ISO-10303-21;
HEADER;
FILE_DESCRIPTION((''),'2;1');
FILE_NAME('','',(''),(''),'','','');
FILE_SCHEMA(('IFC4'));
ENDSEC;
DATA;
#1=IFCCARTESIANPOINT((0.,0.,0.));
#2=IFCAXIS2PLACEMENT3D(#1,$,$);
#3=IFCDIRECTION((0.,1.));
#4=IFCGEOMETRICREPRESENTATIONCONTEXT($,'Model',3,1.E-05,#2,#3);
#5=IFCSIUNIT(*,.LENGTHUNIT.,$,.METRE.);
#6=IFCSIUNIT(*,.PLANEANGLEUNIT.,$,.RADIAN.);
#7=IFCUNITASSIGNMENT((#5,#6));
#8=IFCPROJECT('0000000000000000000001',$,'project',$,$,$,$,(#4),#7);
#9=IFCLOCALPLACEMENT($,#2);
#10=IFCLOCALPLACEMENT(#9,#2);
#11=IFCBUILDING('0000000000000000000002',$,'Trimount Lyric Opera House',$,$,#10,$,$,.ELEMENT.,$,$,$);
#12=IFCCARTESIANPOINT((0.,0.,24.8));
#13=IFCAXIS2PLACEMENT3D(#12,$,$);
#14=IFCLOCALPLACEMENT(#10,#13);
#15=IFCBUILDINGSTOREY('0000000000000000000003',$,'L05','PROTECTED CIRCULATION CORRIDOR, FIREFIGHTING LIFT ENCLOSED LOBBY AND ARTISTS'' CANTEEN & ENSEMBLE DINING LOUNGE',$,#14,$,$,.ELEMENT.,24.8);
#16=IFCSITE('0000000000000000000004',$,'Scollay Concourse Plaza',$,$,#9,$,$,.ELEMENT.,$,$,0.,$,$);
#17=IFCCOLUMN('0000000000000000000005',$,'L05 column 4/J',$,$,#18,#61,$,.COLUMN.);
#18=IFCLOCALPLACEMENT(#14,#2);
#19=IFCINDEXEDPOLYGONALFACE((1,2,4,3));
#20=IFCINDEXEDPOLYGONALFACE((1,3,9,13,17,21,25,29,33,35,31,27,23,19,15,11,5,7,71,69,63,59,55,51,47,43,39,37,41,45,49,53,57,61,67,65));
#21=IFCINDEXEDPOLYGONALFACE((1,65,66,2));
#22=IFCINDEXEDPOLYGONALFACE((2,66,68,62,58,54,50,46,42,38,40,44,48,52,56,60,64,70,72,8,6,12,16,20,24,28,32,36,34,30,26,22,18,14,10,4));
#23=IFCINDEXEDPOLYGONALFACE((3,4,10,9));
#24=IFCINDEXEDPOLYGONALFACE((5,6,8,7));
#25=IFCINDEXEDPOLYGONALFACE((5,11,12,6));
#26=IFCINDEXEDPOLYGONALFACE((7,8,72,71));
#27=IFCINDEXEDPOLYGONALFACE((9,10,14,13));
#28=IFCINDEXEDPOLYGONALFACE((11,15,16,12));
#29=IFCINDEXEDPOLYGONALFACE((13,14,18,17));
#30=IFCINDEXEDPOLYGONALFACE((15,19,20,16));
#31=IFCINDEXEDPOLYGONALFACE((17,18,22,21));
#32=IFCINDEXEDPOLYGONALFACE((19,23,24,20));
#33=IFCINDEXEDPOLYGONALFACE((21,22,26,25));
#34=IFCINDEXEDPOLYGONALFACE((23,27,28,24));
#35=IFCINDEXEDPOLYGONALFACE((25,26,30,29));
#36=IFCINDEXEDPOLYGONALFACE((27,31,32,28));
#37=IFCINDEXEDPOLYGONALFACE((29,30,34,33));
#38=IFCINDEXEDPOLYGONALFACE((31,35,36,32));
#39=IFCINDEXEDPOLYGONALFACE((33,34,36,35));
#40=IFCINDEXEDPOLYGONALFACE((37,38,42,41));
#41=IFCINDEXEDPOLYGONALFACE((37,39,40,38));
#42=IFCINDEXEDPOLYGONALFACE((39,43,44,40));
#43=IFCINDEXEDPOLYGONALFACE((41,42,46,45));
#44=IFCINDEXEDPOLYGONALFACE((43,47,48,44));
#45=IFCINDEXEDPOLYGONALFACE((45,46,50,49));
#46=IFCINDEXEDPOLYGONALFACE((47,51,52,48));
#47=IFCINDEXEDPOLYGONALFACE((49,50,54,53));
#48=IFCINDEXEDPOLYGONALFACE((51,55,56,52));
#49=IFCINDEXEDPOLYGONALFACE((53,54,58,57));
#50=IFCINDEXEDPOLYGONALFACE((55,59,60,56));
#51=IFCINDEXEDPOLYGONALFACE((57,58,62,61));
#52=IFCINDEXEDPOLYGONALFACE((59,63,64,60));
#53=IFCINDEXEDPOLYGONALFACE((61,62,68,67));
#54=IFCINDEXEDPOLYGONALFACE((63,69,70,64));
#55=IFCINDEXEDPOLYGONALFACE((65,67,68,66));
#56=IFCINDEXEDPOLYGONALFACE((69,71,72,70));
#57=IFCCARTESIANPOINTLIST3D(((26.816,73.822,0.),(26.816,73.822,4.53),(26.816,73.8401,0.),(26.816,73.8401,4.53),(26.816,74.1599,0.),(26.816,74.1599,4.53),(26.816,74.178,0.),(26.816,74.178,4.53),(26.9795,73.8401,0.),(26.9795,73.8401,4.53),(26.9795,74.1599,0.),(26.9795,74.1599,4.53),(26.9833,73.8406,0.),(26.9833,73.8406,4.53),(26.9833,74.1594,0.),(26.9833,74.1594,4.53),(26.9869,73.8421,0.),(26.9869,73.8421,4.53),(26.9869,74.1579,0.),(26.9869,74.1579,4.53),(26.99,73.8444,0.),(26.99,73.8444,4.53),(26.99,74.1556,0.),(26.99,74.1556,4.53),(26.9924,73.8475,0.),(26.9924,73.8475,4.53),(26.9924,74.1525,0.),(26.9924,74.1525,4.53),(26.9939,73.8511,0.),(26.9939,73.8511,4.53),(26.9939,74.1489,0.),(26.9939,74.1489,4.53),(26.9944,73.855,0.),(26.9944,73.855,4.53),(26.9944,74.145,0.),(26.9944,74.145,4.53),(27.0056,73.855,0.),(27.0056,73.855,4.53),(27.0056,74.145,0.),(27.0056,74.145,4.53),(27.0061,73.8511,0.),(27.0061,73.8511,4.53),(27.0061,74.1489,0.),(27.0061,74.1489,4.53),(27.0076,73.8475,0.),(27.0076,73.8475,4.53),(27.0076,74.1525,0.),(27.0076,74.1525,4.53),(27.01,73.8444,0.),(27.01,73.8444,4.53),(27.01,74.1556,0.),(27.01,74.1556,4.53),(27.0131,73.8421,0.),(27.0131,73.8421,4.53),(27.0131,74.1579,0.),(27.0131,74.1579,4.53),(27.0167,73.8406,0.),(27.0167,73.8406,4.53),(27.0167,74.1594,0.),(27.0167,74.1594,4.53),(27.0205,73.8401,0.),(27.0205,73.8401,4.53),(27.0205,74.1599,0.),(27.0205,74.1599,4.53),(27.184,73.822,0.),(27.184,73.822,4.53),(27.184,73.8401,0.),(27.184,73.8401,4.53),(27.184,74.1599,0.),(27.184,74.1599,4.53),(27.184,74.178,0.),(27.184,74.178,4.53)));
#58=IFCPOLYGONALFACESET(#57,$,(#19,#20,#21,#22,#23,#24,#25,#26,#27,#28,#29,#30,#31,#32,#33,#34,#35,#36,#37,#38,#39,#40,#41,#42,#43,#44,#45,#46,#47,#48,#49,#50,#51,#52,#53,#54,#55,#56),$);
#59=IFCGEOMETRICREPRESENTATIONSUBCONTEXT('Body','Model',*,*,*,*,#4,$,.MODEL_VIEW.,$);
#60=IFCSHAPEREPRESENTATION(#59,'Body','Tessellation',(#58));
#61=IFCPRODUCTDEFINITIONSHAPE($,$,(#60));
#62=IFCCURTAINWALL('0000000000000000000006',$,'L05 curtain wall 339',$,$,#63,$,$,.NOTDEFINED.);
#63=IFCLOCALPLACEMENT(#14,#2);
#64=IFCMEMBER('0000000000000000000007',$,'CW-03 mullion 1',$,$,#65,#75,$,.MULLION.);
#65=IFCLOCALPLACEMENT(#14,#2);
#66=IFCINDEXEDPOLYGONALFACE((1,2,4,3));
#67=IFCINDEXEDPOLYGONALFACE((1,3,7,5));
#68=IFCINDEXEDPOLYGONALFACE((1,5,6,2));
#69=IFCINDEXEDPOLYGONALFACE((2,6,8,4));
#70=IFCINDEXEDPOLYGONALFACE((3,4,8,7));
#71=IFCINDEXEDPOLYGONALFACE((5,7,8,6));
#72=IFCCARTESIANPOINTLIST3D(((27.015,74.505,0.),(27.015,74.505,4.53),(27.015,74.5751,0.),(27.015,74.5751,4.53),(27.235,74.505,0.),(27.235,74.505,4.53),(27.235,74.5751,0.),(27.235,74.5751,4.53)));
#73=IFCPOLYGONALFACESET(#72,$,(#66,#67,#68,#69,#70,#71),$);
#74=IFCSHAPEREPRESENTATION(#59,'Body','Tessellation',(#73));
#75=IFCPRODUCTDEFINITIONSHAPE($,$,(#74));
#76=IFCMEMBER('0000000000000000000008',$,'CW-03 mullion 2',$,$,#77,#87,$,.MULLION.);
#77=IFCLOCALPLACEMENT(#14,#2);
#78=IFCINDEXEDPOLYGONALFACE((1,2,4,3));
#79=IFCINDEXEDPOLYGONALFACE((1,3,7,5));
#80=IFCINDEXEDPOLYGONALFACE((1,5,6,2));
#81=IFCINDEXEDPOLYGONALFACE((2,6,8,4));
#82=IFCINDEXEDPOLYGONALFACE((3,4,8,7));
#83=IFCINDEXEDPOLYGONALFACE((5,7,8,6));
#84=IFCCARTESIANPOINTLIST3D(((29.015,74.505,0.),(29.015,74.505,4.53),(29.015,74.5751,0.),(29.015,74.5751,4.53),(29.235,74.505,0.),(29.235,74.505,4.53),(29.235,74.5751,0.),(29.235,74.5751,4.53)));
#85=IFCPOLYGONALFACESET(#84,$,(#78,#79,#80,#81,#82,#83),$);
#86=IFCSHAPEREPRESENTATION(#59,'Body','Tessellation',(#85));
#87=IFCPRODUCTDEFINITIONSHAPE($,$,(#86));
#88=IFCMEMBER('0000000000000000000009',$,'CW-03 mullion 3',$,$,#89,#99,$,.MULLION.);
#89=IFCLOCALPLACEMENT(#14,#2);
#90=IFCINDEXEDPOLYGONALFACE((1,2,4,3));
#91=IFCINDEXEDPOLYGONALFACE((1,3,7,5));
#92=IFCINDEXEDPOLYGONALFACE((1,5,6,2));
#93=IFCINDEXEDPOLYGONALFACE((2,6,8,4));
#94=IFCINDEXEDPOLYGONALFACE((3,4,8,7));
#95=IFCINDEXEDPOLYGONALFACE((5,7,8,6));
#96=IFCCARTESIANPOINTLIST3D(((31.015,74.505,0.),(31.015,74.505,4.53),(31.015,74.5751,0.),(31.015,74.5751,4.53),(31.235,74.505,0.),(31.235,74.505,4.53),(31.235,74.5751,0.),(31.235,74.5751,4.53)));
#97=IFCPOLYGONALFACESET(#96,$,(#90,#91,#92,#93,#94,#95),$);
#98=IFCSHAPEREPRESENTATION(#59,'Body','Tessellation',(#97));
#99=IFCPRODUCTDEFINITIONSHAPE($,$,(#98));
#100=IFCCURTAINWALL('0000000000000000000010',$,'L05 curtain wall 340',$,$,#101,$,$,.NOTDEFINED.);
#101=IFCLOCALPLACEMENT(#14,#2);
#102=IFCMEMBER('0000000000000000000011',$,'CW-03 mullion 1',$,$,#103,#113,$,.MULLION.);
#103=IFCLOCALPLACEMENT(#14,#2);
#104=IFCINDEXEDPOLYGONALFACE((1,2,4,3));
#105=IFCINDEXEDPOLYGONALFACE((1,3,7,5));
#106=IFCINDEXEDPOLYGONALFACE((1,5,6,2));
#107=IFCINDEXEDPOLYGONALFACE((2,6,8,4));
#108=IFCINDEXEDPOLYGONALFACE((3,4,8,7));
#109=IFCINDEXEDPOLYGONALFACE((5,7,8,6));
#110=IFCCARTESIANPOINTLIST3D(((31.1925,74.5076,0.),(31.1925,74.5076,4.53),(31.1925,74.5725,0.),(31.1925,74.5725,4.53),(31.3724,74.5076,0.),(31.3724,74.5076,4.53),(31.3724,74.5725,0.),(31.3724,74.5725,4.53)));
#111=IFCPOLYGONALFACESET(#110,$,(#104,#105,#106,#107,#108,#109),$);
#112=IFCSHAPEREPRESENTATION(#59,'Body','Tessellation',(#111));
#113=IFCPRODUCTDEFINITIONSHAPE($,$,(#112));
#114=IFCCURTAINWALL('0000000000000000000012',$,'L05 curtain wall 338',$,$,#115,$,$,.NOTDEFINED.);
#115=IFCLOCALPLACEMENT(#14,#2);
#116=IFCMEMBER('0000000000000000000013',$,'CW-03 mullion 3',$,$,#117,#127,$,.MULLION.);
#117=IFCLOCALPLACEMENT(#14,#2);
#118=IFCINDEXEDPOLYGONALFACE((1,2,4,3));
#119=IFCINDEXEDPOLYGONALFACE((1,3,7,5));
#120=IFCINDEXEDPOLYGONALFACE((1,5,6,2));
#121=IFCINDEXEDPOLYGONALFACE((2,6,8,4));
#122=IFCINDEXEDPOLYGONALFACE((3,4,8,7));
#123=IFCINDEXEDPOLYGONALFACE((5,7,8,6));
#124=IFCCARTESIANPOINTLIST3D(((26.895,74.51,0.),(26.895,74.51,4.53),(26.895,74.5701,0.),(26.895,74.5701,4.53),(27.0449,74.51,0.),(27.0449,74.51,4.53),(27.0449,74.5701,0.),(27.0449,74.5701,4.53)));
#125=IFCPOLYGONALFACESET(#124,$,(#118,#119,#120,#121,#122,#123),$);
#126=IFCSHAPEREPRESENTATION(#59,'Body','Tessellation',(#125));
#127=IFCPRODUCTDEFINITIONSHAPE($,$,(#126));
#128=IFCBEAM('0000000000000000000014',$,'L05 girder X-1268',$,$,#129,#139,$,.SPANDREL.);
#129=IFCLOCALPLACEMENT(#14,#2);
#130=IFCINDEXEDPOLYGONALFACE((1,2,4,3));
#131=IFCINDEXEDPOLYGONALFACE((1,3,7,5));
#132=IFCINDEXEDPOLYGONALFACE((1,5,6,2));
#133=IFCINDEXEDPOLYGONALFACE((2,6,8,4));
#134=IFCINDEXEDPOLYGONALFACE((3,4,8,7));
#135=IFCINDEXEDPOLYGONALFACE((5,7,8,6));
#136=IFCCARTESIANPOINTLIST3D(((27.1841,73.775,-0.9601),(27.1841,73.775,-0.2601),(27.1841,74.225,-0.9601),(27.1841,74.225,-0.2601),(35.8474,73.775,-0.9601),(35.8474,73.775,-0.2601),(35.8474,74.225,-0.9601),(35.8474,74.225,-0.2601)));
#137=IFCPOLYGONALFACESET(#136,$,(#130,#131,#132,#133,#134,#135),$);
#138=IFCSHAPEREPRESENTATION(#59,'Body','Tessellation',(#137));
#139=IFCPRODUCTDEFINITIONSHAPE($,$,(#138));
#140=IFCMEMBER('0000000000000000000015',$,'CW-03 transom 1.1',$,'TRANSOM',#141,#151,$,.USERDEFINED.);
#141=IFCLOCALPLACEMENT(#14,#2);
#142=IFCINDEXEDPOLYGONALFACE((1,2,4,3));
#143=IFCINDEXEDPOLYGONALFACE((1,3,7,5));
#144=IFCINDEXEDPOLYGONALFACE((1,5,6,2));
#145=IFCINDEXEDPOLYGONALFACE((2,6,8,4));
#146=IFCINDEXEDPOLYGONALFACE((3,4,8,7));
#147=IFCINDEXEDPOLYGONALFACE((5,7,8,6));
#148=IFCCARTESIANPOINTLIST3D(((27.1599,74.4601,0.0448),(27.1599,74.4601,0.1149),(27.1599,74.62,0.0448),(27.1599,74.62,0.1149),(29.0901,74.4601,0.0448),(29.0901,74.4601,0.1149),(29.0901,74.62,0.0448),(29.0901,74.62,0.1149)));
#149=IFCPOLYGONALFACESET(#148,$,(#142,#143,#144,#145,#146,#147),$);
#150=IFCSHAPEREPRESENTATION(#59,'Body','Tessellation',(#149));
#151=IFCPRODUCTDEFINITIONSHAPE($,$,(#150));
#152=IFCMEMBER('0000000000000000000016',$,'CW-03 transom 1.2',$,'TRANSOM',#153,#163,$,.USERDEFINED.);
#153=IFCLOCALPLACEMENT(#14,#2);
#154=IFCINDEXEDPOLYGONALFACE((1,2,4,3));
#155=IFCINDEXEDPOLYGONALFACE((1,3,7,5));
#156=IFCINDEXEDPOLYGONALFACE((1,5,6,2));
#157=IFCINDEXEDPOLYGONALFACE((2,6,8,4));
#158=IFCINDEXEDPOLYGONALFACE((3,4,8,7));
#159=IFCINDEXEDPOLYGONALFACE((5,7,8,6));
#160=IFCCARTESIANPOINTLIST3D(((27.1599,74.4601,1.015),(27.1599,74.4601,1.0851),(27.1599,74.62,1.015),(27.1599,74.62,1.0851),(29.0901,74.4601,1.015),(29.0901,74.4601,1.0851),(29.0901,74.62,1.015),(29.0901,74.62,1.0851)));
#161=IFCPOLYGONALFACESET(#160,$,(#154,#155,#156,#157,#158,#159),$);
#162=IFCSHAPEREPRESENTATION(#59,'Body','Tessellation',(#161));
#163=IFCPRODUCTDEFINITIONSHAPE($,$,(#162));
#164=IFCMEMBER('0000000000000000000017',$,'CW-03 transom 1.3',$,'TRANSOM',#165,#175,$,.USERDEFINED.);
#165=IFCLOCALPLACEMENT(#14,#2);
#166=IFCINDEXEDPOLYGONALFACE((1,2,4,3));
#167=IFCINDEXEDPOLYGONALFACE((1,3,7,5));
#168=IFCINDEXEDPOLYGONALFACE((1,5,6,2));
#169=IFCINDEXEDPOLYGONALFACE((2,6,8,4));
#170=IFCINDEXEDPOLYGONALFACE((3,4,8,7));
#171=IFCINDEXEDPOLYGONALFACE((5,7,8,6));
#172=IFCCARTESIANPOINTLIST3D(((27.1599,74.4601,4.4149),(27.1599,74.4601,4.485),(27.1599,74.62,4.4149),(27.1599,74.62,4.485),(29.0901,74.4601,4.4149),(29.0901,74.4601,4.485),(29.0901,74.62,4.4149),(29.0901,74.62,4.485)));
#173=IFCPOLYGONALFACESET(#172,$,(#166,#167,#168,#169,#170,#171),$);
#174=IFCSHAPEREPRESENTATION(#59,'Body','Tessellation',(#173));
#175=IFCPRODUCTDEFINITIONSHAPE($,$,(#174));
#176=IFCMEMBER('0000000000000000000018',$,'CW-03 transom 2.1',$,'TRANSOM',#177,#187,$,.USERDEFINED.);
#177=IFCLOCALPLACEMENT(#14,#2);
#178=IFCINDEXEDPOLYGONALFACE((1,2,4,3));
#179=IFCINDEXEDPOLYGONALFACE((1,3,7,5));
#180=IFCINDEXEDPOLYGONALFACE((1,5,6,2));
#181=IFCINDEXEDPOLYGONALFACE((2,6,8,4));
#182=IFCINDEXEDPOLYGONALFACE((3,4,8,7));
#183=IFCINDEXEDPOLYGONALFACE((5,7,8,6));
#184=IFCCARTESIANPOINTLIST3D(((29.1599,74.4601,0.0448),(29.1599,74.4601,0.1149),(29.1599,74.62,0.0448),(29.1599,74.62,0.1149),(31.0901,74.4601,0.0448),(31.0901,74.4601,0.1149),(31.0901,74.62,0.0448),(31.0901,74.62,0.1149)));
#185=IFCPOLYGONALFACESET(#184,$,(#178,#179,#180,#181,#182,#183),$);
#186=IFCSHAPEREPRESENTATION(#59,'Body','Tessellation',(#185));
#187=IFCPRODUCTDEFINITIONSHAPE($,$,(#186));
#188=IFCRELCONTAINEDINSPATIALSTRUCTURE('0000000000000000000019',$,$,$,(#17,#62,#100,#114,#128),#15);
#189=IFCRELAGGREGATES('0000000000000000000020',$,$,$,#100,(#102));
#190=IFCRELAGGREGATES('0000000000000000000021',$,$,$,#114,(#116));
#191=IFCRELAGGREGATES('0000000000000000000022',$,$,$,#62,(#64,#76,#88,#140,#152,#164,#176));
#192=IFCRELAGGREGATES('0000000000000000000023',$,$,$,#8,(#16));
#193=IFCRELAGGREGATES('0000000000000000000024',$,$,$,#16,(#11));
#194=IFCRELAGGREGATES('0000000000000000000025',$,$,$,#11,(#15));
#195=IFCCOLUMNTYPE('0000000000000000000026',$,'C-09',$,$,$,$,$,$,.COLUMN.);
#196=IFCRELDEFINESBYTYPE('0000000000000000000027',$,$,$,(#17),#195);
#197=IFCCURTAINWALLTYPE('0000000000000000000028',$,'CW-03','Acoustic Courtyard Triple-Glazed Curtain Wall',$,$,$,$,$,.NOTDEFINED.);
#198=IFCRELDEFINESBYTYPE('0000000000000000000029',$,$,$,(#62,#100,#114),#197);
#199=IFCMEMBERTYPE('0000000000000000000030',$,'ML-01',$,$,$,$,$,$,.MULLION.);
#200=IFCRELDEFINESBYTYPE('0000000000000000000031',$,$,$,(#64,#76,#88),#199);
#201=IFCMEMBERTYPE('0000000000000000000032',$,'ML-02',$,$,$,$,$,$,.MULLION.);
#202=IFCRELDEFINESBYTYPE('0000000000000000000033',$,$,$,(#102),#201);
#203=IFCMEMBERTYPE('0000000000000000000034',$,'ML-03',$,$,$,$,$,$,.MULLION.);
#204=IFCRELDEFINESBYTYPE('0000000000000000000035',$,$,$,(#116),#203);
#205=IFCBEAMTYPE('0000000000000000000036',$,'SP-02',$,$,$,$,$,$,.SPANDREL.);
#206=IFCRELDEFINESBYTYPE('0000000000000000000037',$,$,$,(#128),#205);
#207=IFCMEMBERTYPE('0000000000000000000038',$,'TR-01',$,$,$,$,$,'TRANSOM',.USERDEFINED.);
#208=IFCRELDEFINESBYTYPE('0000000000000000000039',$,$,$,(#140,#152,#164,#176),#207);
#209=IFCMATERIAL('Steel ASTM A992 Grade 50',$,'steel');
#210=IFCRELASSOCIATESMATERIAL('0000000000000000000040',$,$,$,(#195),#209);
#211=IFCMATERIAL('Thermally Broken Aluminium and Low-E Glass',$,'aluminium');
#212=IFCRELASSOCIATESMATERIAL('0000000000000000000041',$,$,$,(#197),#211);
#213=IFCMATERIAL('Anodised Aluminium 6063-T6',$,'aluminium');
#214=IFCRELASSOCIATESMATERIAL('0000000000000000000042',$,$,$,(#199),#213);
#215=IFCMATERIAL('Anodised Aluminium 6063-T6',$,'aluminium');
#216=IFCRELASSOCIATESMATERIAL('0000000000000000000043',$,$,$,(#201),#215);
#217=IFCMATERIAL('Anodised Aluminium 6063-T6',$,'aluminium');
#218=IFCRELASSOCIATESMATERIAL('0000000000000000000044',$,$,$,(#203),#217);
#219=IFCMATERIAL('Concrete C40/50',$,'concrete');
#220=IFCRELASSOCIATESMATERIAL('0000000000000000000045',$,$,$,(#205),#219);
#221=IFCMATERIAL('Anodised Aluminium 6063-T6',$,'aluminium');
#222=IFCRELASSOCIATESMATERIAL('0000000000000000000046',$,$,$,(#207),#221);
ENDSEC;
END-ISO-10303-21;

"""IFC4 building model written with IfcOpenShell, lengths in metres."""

from ifc_helpers import new_model, si_unit, direction, frame, origin, origin_2d, place, context, subcontext, project, spatial, rectangle, i_section, extrude, material, material_profile, profile_set, type_object, element, aggregate, save


model = new_model("IFC4")

# Units and contexts
model_context = context("Model", 3, precision=1e-05, world=origin(), true_north=direction((0.0, 1.0)))
body_context = subcontext(model_context, "Body", "Model", "MODEL_VIEW")
ifc_project = project(units=[si_unit("LENGTHUNIT", "METRE"), si_unit("PLANEANGLEUNIT", "RADIAN")], contexts=[model_context])

# Site, building, storey
site_placement = place(None, origin())
site = spatial("IfcSite", under=ifc_project, at=site_placement, Name="Scollay Concourse Plaza", CompositionType="ELEMENT", RefElevation=0.0)
building_placement = place(site_placement, origin())
building = spatial("IfcBuilding", under=site, at=building_placement, Name="Trimount Lyric Opera House", CompositionType="ELEMENT")
storey_placement = place(building_placement, frame((0.0, 0.0, 24.8)))
storey = spatial("IfcBuildingStorey", under=building, at=storey_placement, Name="L05", Description="PROTECTED CIRCULATION CORRIDOR, FIREFIGHTING LIFT ENCLOSED LOBBY AND ARTISTS' CANTEEN & ENSEMBLE DINING LOUNGE", CompositionType="ELEMENT", Elevation=24.8)

# Column
ifc_material_1 = material(Name="Steel ASTM A992 Grade 50", Category="steel")
ifc_material_profile_1 = material_profile(ifc_material_1, i_section(OverallWidth=0.3679, OverallDepth=0.356, WebThickness=0.0112, FlangeThickness=0.0181, FilletRadius=0.0149, at=origin_2d()), Name="W14X90")
ifc_profile_set_1 = profile_set([ifc_material_profile_1], Name="Steel ASTM A992 Grade 50")
column_type = type_object("IfcColumnType", Name="C-09", PredefinedType="COLUMN", material=ifc_profile_set_1)
column_placement = place(storey_placement, frame((27.0, 74.0, 0.0), z_axis=(0.0, 0.0, 1.0), x_axis=(1.0, 0.0, 0.0)))
element("IfcColumn", 1, at=column_placement, inside=storey, type_object=column_type, Name="L05 column 4/J", PredefinedType="COLUMN", context=body_context, shape_type="SweptSolid", body=[
    extrude(i_section(OverallWidth=0.3679, OverallDepth=0.356, WebThickness=0.0112, FlangeThickness=0.0181, FilletRadius=0.0149, at=origin_2d()), origin(), (0.0, 0.0, 1.0), 4.53),
])

# Curtain wall, members
ifc_material_2 = material(Name="Thermally Broken Aluminium and Low-E Glass", Category="aluminium")
curtain_wall_type = type_object("IfcCurtainWallType", Name="CW-03", Description="Acoustic Courtyard Triple-Glazed Curtain Wall", PredefinedType="NOTDEFINED", material=ifc_material_2)
curtain_wall_1_placement = place(storey_placement, origin())
curtain_wall_1 = element("IfcCurtainWall", 2, at=curtain_wall_1_placement, inside=storey, type_object=curtain_wall_type, Name="L05 curtain wall 339", PredefinedType="NOTDEFINED")
ifc_material_3 = material(Name="Anodised Aluminium 6063-T6", Category="aluminium")
ifc_material_profile_2 = material_profile(ifc_material_3, rectangle(XDim=0.0701, YDim=0.22, at=origin_2d()), Name="ALU-MULL-70X220")
ifc_profile_set_2 = profile_set([ifc_material_profile_2], Name="Anodised Aluminium 6063-T6")
member_type_1 = type_object("IfcMemberType", Name="ML-01", PredefinedType="MULLION", material=ifc_profile_set_2)
member_1_placement = place(storey_placement, frame((27.125, 74.54, 0.0), z_axis=(0.0, 0.0, 1.0), x_axis=(0.0, 1.0, 0.0)))
member_1 = element("IfcMember", 3, at=member_1_placement, type_object=member_type_1, Name="CW-03 mullion 1", PredefinedType="MULLION", context=body_context, shape_type="SweptSolid", body=[
    extrude(rectangle(XDim=0.0701, YDim=0.22, at=origin_2d()), origin(), (0.0, 0.0, 1.0), 4.53),
])
member_2_placement = place(storey_placement, frame((29.125, 74.54, 0.0), z_axis=(0.0, 0.0, 1.0), x_axis=(0.0, 1.0, 0.0)))
member_2 = element("IfcMember", 4, at=member_2_placement, type_object=member_type_1, Name="CW-03 mullion 2", PredefinedType="MULLION", context=body_context, shape_type="SweptSolid", body=[
    extrude(rectangle(XDim=0.0701, YDim=0.22, at=origin_2d()), origin(), (0.0, 0.0, 1.0), 4.53),
])
member_3_placement = place(storey_placement, frame((31.125, 74.54, 0.0), z_axis=(0.0, 0.0, 1.0), x_axis=(0.0, 1.0, 0.0)))
member_3 = element("IfcMember", 5, at=member_3_placement, type_object=member_type_1, Name="CW-03 mullion 3", PredefinedType="MULLION", context=body_context, shape_type="SweptSolid", body=[
    extrude(rectangle(XDim=0.0701, YDim=0.22, at=origin_2d()), origin(), (0.0, 0.0, 1.0), 4.53),
])

# Curtain walls, members
curtain_wall_2_placement = place(storey_placement, origin())
curtain_wall_2 = element("IfcCurtainWall", 6, at=curtain_wall_2_placement, inside=storey, type_object=curtain_wall_type, Name="L05 curtain wall 340", PredefinedType="NOTDEFINED")
ifc_material_4 = material(Name="Anodised Aluminium 6063-T6", Category="aluminium")
ifc_material_profile_3 = material_profile(ifc_material_4, rectangle(XDim=0.0649, YDim=0.1799, at=origin_2d()), Name="ALU-MULL-65X180")
ifc_profile_set_3 = profile_set([ifc_material_profile_3], Name="Anodised Aluminium 6063-T6")
member_type_2 = type_object("IfcMemberType", Name="ML-02", PredefinedType="MULLION", material=ifc_profile_set_3)
member_4_placement = place(storey_placement, frame((31.2825, 74.54, 0.0), z_axis=(0.0, 0.0, 1.0), x_axis=(0.0, 1.0, 0.0)))
member_4 = element("IfcMember", 7, at=member_4_placement, type_object=member_type_2, Name="CW-03 mullion 1", PredefinedType="MULLION", context=body_context, shape_type="SweptSolid", body=[
    extrude(rectangle(XDim=0.0649, YDim=0.1799, at=origin_2d()), origin(), (0.0, 0.0, 1.0), 4.53),
])
curtain_wall_3_placement = place(storey_placement, origin())
curtain_wall_3 = element("IfcCurtainWall", 8, at=curtain_wall_3_placement, inside=storey, type_object=curtain_wall_type, Name="L05 curtain wall 338", PredefinedType="NOTDEFINED")
ifc_material_5 = material(Name="Anodised Aluminium 6063-T6", Category="aluminium")
ifc_material_profile_4 = material_profile(ifc_material_5, rectangle(XDim=0.0601, YDim=0.1499, at=origin_2d()), Name="ALU-MULL-60X150")
ifc_profile_set_4 = profile_set([ifc_material_profile_4], Name="Anodised Aluminium 6063-T6")
member_type_3 = type_object("IfcMemberType", Name="ML-03", PredefinedType="MULLION", material=ifc_profile_set_4)
member_5_placement = place(storey_placement, frame((26.97, 74.54, 0.0), z_axis=(0.0, 0.0, 1.0), x_axis=(0.0, 1.0, 0.0)))
member_5 = element("IfcMember", 9, at=member_5_placement, type_object=member_type_3, Name="CW-03 mullion 3", PredefinedType="MULLION", context=body_context, shape_type="SweptSolid", body=[
    extrude(rectangle(XDim=0.0601, YDim=0.1499, at=origin_2d()), origin(), (0.0, 0.0, 1.0), 4.53),
])

# Beam
ifc_material_6 = material(Name="Concrete C40/50", Category="concrete")
ifc_material_profile_5 = material_profile(ifc_material_6, rectangle(XDim=0.45, YDim=0.7, at=origin_2d()), Name="RC450X700")
ifc_profile_set_5 = profile_set([ifc_material_profile_5], Name="Concrete C40/50")
beam_type = type_object("IfcBeamType", Name="SP-02", PredefinedType="SPANDREL", material=ifc_profile_set_5)
beam_placement = place(storey_placement, frame((27.1841, 74.0, -0.6101), z_axis=(1.0, 0.0, 0.0), x_axis=(0.0, 1.0, 0.0)))
element("IfcBeam", 10, at=beam_placement, inside=storey, type_object=beam_type, Name="L05 girder X-1268", PredefinedType="SPANDREL", context=body_context, shape_type="SweptSolid", body=[
    extrude(rectangle(XDim=0.45, YDim=0.7, at=origin_2d()), origin(), (0.0, 0.0, 1.0), 8.6633),
])

# Members
ifc_material_7 = material(Name="Anodised Aluminium 6063-T6", Category="aluminium")
ifc_material_profile_6 = material_profile(ifc_material_7, rectangle(XDim=0.1599, YDim=0.0701, at=origin_2d()), Name="ALU-TRAN-70X160")
ifc_profile_set_6 = profile_set([ifc_material_profile_6], Name="Anodised Aluminium 6063-T6")
member_type_4 = type_object("IfcMemberType", Name="TR-01", ElementType="TRANSOM", PredefinedType="USERDEFINED", material=ifc_profile_set_6)
member_6_placement = place(storey_placement, frame((27.1599, 74.54, 0.0798), z_axis=(1.0, 0.0, 0.0), x_axis=(0.0, 1.0, 0.0)))
member_6 = element("IfcMember", 11, at=member_6_placement, type_object=member_type_4, Name="CW-03 transom 1.1", ObjectType="TRANSOM", PredefinedType="USERDEFINED", context=body_context, shape_type="SweptSolid", body=[
    extrude(rectangle(XDim=0.1599, YDim=0.0701, at=origin_2d()), origin(), (0.0, 0.0, 1.0), 1.9302),
])
member_7_placement = place(storey_placement, frame((27.1599, 74.54, 1.05), z_axis=(1.0, 0.0, 0.0), x_axis=(0.0, 1.0, 0.0)))
member_7 = element("IfcMember", 12, at=member_7_placement, type_object=member_type_4, Name="CW-03 transom 1.2", ObjectType="TRANSOM", PredefinedType="USERDEFINED", context=body_context, shape_type="SweptSolid", body=[
    extrude(rectangle(XDim=0.1599, YDim=0.0701, at=origin_2d()), origin(), (0.0, 0.0, 1.0), 1.9302),
])
member_8_placement = place(storey_placement, frame((27.1599, 74.54, 4.45), z_axis=(1.0, 0.0, 0.0), x_axis=(0.0, 1.0, 0.0)))
member_8 = element("IfcMember", 13, at=member_8_placement, type_object=member_type_4, Name="CW-03 transom 1.3", ObjectType="TRANSOM", PredefinedType="USERDEFINED", context=body_context, shape_type="SweptSolid", body=[
    extrude(rectangle(XDim=0.1599, YDim=0.0701, at=origin_2d()), origin(), (0.0, 0.0, 1.0), 1.9302),
])
member_9_placement = place(storey_placement, frame((29.1599, 74.54, 0.0798), z_axis=(1.0, 0.0, 0.0), x_axis=(0.0, 1.0, 0.0)))
member_9 = element("IfcMember", 14, at=member_9_placement, type_object=member_type_4, Name="CW-03 transom 2.1", ObjectType="TRANSOM", PredefinedType="USERDEFINED", context=body_context, shape_type="SweptSolid", body=[
    extrude(rectangle(XDim=0.1599, YDim=0.0701, at=origin_2d()), origin(), (0.0, 0.0, 1.0), 1.9302),
])

aggregate(curtain_wall_2, [member_4])
aggregate(curtain_wall_3, [member_5])
aggregate(curtain_wall_1, [member_1, member_2, member_3, member_6, member_7, member_8, member_9])

save(model, "model.ifc")
